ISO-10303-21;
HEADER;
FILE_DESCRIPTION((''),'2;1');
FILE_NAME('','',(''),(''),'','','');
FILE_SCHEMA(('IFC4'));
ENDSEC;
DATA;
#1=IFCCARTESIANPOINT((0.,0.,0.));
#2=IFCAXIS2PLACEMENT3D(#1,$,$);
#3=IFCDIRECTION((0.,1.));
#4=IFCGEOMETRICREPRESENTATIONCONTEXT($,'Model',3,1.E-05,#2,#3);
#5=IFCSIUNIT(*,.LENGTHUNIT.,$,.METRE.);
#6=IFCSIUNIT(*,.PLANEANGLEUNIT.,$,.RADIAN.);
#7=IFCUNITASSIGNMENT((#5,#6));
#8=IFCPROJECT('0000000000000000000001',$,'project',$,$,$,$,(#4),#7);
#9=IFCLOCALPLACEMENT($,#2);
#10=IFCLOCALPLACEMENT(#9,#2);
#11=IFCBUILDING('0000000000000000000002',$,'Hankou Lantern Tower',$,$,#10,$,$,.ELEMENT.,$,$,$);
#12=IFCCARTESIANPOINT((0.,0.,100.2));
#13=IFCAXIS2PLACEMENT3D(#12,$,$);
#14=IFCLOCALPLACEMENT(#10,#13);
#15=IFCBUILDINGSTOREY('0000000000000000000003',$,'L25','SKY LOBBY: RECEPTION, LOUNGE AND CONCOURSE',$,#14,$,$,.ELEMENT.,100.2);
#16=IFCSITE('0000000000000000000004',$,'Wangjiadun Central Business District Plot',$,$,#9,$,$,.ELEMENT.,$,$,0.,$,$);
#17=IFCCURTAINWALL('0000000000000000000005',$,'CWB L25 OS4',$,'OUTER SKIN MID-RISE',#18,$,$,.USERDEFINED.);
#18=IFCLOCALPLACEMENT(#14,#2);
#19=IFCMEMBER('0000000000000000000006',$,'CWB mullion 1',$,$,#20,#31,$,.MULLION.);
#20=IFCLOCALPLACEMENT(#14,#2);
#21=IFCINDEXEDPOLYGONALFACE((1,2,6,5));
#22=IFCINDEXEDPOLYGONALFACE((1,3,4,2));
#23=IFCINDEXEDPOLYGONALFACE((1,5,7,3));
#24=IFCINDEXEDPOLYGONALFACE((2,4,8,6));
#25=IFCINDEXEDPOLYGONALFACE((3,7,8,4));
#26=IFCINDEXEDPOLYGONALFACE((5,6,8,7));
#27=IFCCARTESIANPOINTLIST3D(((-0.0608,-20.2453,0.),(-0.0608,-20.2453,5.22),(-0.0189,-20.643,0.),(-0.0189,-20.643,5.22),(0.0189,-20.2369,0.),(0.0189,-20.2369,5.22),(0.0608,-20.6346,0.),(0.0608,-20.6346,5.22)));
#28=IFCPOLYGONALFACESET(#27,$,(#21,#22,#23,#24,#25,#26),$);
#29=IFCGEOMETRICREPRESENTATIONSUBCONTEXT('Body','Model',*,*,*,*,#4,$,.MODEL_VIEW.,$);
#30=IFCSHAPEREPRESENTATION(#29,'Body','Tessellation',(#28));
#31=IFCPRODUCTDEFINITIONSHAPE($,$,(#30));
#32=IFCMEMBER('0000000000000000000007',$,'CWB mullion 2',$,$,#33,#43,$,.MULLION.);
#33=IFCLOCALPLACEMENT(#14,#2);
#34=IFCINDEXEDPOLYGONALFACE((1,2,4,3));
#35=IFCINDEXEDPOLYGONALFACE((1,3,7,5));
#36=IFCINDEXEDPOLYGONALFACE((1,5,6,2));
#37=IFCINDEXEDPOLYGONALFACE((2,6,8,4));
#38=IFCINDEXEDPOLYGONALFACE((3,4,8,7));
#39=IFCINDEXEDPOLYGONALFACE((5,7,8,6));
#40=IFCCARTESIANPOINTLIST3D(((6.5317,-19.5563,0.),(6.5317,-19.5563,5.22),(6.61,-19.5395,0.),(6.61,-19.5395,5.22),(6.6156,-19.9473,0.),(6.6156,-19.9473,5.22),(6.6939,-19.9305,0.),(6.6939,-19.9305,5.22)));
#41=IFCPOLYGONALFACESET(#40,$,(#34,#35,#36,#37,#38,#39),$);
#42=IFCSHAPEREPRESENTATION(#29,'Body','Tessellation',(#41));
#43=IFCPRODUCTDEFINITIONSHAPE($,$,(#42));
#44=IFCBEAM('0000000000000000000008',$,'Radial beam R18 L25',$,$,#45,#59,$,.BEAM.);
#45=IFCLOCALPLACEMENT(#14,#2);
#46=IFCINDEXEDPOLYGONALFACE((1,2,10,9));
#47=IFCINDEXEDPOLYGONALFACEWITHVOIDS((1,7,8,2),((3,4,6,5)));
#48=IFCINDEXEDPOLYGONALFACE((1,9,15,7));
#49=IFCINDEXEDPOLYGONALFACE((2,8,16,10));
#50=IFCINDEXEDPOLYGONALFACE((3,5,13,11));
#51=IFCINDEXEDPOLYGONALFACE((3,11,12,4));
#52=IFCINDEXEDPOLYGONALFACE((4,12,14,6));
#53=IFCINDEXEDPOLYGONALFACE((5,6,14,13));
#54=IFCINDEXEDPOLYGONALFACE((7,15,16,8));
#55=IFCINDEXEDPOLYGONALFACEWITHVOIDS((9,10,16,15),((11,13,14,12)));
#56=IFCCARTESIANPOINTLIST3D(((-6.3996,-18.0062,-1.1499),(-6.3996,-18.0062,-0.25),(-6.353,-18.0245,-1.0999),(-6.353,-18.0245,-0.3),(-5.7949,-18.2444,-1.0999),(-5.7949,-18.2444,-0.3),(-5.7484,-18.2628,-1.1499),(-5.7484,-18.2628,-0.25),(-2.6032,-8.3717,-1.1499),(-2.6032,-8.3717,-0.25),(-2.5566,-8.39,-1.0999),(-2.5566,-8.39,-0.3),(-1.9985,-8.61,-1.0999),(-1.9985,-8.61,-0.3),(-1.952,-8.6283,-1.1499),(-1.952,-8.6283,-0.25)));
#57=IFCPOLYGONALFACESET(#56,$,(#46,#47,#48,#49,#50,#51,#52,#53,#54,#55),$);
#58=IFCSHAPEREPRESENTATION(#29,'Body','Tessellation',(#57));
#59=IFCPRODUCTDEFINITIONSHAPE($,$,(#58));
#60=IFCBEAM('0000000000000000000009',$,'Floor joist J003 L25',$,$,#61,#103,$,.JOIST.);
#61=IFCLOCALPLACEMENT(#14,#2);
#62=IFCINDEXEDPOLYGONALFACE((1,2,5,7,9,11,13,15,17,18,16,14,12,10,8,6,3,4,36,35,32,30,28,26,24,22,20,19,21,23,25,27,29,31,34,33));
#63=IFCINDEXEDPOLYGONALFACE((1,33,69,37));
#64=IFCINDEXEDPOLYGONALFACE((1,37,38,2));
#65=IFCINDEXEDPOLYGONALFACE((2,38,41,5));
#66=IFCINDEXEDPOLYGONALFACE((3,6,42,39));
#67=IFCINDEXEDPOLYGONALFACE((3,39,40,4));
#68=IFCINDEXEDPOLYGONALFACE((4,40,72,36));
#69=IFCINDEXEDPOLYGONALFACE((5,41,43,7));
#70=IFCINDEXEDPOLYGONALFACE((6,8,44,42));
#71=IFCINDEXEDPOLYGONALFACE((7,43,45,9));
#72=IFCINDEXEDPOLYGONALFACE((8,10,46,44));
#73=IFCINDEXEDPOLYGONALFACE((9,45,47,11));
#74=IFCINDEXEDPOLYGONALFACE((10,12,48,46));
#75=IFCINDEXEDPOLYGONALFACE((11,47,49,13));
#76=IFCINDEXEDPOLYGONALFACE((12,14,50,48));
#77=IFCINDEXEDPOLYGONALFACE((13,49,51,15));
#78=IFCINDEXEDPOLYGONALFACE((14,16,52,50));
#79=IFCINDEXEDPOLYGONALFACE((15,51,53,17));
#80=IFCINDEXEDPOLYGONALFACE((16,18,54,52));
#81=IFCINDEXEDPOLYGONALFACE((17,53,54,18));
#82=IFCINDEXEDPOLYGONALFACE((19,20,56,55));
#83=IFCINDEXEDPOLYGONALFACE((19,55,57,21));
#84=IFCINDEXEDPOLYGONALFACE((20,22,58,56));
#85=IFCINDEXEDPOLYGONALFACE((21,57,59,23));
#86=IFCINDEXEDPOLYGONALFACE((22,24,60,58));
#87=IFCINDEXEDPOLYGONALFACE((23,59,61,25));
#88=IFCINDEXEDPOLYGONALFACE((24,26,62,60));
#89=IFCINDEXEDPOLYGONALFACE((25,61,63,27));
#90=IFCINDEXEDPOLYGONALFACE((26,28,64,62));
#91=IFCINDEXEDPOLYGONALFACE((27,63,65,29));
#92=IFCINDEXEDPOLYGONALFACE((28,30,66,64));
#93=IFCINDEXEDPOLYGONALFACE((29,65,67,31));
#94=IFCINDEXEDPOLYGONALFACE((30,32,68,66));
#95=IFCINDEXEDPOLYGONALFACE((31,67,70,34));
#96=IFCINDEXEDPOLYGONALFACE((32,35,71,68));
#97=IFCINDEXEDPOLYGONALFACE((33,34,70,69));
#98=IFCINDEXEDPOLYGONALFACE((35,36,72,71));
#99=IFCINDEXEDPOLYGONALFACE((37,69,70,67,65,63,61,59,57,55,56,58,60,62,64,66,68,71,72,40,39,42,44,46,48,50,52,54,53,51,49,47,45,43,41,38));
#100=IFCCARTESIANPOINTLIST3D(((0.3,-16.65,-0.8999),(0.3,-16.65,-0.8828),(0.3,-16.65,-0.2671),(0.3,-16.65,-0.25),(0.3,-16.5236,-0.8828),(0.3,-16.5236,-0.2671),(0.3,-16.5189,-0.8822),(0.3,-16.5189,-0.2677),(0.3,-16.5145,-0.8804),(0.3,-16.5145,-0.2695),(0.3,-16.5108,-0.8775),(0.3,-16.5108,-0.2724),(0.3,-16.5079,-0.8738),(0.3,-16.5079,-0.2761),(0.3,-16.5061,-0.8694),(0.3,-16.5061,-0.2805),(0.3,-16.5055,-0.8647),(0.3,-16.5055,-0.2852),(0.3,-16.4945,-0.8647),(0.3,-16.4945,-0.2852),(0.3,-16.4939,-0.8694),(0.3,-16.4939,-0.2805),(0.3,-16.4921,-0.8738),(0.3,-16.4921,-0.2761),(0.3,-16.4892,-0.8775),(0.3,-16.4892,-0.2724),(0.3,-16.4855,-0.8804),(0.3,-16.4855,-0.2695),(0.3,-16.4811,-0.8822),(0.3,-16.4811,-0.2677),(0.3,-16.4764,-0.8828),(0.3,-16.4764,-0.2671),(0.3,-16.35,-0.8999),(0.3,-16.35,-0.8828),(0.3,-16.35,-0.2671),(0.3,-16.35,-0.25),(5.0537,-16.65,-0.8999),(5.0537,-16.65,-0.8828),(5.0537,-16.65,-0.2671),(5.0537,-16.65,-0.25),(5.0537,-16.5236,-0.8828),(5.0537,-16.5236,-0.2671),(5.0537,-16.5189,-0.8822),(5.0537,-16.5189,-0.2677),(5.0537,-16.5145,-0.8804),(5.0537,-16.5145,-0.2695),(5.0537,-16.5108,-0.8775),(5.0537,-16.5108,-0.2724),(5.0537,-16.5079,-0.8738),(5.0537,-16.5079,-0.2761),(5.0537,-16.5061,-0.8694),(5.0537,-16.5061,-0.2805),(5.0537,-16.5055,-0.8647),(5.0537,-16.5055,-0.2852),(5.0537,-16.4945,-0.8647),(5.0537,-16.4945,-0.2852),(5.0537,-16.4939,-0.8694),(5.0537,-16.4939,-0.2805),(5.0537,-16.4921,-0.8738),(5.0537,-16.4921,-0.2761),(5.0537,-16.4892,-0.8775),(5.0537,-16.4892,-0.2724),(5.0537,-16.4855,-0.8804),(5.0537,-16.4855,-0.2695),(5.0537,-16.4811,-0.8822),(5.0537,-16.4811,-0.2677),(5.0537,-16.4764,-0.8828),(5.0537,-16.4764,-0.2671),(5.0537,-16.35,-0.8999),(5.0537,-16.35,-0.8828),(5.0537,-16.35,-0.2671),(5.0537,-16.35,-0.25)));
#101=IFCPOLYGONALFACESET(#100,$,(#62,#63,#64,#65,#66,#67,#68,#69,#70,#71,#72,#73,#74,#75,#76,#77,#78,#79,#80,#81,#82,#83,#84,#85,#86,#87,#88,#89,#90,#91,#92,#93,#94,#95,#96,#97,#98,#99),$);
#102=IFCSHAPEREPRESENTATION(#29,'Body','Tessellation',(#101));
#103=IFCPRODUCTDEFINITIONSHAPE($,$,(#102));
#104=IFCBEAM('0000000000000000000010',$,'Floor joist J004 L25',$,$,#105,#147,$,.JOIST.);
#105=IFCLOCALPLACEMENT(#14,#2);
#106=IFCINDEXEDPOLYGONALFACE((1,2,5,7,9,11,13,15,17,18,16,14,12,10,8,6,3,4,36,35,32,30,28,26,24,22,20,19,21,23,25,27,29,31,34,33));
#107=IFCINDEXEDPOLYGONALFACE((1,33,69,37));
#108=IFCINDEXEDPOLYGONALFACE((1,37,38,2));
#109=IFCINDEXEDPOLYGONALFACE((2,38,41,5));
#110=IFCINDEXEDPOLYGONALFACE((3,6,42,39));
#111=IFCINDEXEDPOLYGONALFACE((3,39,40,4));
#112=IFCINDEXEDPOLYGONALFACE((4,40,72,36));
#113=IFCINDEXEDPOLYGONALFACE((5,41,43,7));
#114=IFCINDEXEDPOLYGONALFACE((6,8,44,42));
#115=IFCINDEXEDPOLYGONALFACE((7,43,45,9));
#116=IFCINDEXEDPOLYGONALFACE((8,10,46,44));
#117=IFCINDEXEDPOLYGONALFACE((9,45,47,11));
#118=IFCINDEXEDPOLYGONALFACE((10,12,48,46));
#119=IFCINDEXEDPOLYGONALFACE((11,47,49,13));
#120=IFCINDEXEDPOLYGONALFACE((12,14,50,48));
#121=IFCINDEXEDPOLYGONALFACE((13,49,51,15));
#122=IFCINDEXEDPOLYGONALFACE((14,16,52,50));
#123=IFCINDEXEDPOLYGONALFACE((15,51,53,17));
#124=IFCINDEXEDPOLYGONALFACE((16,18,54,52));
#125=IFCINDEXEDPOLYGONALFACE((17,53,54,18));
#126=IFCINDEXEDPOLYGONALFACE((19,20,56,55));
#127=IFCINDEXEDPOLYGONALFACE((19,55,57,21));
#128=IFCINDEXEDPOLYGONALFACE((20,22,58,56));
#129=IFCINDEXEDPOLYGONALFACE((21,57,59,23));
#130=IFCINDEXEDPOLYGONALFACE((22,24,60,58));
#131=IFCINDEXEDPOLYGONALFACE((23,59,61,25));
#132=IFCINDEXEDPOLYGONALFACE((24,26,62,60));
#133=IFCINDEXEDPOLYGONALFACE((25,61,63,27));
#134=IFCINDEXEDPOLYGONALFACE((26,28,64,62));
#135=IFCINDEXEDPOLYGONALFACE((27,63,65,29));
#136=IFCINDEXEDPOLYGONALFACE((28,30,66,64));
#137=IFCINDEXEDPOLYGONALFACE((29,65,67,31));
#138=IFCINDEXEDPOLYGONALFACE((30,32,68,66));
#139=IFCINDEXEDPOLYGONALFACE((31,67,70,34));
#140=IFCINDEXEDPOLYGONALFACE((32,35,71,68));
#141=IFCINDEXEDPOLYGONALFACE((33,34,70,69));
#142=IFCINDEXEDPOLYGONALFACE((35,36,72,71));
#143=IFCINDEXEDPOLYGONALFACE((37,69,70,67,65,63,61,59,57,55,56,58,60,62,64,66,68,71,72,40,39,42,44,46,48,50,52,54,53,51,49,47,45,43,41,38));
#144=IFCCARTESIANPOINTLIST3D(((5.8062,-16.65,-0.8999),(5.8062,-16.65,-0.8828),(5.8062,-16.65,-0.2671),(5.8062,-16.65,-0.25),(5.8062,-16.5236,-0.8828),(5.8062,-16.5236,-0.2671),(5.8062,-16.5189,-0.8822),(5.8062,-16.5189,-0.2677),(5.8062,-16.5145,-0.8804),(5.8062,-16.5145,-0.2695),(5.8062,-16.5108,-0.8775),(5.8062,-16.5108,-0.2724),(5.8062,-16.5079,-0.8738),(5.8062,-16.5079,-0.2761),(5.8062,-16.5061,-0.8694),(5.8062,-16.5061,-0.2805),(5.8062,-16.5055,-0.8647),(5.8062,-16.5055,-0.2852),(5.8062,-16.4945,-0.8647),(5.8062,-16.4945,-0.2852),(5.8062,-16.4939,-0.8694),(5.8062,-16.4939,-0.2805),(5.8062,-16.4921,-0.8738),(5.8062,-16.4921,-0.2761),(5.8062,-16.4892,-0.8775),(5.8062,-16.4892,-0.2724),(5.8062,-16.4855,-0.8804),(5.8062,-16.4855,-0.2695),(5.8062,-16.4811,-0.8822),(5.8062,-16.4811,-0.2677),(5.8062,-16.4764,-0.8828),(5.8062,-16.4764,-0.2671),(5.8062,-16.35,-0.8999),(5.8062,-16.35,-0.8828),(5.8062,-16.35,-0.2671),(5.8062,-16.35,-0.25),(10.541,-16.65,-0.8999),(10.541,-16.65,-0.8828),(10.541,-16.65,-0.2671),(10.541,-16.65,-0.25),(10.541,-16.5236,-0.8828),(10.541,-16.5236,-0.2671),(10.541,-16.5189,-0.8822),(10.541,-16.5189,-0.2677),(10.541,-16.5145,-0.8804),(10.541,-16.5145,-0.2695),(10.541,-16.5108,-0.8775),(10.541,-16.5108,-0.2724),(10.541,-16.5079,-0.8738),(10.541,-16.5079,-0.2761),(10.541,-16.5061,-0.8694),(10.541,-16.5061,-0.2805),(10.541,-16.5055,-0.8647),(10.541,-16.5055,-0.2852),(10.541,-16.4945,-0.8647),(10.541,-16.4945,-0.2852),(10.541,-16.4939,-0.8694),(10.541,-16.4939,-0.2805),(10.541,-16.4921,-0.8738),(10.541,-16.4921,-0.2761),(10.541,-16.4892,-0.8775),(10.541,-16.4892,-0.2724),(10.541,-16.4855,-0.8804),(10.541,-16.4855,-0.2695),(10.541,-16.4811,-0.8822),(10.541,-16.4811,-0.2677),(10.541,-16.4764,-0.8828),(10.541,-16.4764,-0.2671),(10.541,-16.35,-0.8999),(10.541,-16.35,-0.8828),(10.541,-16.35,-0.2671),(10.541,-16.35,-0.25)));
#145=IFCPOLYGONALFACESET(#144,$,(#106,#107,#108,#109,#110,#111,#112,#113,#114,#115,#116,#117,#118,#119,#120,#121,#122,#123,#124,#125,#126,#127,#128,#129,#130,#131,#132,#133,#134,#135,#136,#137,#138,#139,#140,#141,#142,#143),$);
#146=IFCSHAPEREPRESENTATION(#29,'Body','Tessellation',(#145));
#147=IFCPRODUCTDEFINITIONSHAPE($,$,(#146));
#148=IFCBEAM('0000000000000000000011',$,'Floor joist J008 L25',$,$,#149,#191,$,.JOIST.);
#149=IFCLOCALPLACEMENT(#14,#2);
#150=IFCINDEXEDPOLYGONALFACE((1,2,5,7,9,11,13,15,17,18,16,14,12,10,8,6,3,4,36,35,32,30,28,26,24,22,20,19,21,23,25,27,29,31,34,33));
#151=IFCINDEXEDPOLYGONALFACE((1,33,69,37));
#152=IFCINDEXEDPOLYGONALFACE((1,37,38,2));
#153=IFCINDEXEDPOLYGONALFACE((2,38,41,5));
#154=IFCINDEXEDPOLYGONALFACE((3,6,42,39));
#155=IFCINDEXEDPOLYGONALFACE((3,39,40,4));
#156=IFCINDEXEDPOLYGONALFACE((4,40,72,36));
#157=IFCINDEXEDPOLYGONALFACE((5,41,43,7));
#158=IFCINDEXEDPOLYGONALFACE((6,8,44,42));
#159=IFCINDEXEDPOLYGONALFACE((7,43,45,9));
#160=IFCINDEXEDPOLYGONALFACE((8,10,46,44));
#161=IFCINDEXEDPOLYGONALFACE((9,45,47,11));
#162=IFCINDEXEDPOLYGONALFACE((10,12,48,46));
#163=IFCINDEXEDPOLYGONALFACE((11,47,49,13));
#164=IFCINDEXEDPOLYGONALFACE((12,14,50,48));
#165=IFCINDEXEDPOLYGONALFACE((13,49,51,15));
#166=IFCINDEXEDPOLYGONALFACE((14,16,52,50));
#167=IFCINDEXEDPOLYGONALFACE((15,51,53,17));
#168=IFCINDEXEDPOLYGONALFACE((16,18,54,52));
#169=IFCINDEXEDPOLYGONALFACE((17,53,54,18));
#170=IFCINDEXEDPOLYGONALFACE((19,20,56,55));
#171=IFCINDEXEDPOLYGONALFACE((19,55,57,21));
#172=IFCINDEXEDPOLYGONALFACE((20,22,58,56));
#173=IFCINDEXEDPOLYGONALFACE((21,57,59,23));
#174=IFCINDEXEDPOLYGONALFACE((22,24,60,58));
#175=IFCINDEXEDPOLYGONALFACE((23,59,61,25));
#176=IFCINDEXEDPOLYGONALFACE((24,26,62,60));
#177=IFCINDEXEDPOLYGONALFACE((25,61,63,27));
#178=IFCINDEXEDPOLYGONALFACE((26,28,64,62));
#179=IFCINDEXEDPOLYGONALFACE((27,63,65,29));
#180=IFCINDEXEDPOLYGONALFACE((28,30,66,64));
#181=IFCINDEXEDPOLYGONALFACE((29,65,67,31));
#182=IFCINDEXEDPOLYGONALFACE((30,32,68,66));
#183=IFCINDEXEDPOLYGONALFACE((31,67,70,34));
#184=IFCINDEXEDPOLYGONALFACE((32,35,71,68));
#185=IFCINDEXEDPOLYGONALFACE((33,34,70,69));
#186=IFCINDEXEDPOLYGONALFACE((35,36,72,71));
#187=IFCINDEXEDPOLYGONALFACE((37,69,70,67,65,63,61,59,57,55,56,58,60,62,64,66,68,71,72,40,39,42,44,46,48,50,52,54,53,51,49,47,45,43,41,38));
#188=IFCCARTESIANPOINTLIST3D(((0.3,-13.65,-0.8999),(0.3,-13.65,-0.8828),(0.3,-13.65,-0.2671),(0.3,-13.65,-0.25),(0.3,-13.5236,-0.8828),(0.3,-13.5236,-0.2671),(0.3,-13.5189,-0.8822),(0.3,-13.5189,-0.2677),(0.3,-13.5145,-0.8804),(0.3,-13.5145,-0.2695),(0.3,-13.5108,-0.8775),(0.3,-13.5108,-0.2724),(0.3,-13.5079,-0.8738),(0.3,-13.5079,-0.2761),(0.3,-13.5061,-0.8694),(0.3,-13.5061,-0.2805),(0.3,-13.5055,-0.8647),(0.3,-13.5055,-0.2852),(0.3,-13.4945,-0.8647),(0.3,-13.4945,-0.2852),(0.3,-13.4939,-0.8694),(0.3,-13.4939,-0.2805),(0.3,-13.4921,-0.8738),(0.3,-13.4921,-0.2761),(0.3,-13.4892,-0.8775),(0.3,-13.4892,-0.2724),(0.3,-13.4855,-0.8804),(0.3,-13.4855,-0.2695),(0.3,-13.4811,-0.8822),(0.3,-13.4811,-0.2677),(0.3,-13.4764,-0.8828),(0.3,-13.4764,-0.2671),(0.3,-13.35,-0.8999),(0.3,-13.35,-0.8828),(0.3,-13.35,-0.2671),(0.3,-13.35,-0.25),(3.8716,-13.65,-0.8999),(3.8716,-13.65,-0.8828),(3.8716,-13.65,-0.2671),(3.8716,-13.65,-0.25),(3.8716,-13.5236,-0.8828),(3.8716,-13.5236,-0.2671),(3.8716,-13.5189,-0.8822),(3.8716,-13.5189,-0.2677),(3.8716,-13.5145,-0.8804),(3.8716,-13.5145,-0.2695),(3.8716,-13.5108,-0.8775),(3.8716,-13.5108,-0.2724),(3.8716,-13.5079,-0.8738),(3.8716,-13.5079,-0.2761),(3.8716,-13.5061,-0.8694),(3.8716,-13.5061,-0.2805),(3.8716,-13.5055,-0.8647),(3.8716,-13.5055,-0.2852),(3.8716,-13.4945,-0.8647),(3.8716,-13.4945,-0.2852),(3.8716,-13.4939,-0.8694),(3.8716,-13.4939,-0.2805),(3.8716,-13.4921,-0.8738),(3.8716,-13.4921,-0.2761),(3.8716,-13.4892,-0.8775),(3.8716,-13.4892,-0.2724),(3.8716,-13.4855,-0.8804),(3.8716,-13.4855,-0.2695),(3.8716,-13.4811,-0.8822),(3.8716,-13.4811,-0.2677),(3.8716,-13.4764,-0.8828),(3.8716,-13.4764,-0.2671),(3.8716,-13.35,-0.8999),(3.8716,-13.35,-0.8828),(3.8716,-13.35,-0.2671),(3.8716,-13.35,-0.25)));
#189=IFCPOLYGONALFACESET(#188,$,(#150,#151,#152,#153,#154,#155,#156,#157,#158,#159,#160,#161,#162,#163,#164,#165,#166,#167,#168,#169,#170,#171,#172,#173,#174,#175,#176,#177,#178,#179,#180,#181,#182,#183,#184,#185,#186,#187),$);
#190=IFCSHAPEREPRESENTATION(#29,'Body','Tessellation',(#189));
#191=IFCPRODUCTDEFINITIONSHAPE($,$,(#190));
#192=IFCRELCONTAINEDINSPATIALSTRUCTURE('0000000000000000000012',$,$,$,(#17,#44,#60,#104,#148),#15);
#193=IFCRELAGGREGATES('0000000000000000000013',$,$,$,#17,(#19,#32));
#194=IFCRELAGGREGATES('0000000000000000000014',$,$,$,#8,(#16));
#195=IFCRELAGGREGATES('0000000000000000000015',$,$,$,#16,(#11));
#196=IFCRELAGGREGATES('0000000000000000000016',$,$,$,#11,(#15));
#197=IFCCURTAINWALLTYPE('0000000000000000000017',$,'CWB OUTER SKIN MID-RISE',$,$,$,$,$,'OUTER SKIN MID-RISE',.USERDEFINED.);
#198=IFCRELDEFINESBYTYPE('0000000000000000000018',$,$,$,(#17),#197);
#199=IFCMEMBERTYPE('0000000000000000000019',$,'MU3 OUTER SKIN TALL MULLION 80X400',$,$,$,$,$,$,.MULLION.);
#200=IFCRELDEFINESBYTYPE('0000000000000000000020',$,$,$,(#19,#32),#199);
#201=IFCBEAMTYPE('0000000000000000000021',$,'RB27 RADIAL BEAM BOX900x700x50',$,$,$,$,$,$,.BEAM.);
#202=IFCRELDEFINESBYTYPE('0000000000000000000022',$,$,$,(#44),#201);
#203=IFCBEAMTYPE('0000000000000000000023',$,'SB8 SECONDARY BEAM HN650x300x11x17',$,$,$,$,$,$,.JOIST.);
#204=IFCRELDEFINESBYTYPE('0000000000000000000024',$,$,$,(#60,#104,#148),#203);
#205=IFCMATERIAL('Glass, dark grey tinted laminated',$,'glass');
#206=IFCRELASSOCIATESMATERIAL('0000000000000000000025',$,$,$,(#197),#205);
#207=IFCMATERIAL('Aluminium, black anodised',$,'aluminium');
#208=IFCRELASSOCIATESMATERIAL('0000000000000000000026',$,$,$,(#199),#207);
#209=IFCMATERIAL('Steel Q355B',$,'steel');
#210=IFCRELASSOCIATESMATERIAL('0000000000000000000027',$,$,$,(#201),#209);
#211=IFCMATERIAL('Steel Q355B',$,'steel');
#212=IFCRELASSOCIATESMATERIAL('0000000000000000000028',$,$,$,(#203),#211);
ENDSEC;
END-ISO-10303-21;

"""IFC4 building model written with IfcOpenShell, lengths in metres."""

from ifc_helpers import new_model, si_unit, direction, frame, origin, origin_2d, place, context, subcontext, project, spatial, rectangle, hollow_rectangle, i_section, extrude, material, material_profile, profile_set, type_object, element, aggregate, save


model = new_model("IFC4")

# Units and contexts
model_context = context("Model", 3, precision=1e-05, world=origin(), true_north=direction((0.0, 1.0)))
body_context = subcontext(model_context, "Body", "Model", "MODEL_VIEW")
ifc_project = project(units=[si_unit("LENGTHUNIT", "METRE"), si_unit("PLANEANGLEUNIT", "RADIAN")], contexts=[model_context])

# Site, building, storey
site_placement = place(None, origin())
site = spatial("IfcSite", under=ifc_project, at=site_placement, Name="Wangjiadun Central Business District Plot", CompositionType="ELEMENT", RefElevation=0.0)
building_placement = place(site_placement, origin())
building = spatial("IfcBuilding", under=site, at=building_placement, Name="Hankou Lantern Tower", CompositionType="ELEMENT")
storey_placement = place(building_placement, frame((0.0, 0.0, 100.2)))
storey = spatial("IfcBuildingStorey", under=building, at=storey_placement, Name="L25", Description="SKY LOBBY: RECEPTION, LOUNGE AND CONCOURSE", CompositionType="ELEMENT", Elevation=100.2)

# Curtain wall, members
ifc_material_1 = material(Name="Glass, dark grey tinted laminated", Category="glass")
curtain_wall_type = type_object("IfcCurtainWallType", Name="CWB OUTER SKIN MID-RISE", ElementType="OUTER SKIN MID-RISE", PredefinedType="USERDEFINED", material=ifc_material_1)
curtain_wall_1_placement = place(storey_placement, origin())
curtain_wall_1 = element("IfcCurtainWall", 1, at=curtain_wall_1_placement, inside=storey, type_object=curtain_wall_type, Name="CWB L25 OS4", ObjectType="OUTER SKIN MID-RISE", PredefinedType="USERDEFINED")
ifc_material_2 = material(Name="Aluminium, black anodised", Category="aluminium")
ifc_material_profile_1 = material_profile(ifc_material_2, rectangle(XDim=0.0801, YDim=0.3999, at=origin_2d()), Name="MU3 80X400")
ifc_profile_set_1 = profile_set([ifc_material_profile_1], Name="Aluminium, black anodised")
member_type_1 = type_object("IfcMemberType", Name="MU3 OUTER SKIN TALL MULLION 80X400", PredefinedType="MULLION", material=ifc_profile_set_1)
member_1_placement = place(storey_placement, frame((0.0, -20.4399, 0.0), z_axis=(0.0, 0.0, 1.0), x_axis=(0.994499, 0.104743, 0.0)))
member_1 = element("IfcMember", 2, at=member_1_placement, type_object=member_type_1, Name="CWB mullion 1", PredefinedType="MULLION", context=body_context, shape_type="SweptSolid", body=[
    extrude(rectangle(XDim=0.0801, YDim=0.3999, at=origin_2d()), origin(), (0.0, 0.0, 1.0), 5.22),
])
member_2_placement = place(storey_placement, frame((6.6128, -19.7434, 0.0), z_axis=(0.0, 0.0, 1.0), x_axis=(0.977788, 0.209598, 0.0)))
member_2 = element("IfcMember", 3, at=member_2_placement, type_object=member_type_1, Name="CWB mullion 2", PredefinedType="MULLION", context=body_context, shape_type="SweptSolid", body=[
    extrude(rectangle(XDim=0.0801, YDim=0.3999, at=origin_2d()), origin(), (0.0, 0.0, 1.0), 5.22),
])

# Beams
ifc_material_3 = material(Name="Steel Q355B", Category="steel")
ifc_material_profile_2 = material_profile(ifc_material_3, hollow_rectangle(XDim=0.7, YDim=0.8999, WallThickness=0.05, at=origin_2d()), Name="BOX900x700x50")
ifc_profile_set_2 = profile_set([ifc_material_profile_2], Name="Steel Q355B")
beam_type_1 = type_object("IfcBeamType", Name="RB27 RADIAL BEAM BOX900x700x50", PredefinedType="BEAM", material=ifc_profile_set_2)
beam_1_placement = place(storey_placement, frame((-2.2776, -8.5, -0.7), z_axis=(-0.366606, -0.930376, 0.0), x_axis=(0.930376, -0.366606, 0.0)))
element("IfcBeam", 4, at=beam_1_placement, inside=storey, type_object=beam_type_1, Name="Radial beam R18 L25", PredefinedType="BEAM", context=body_context, shape_type="SweptSolid", body=[
    extrude(hollow_rectangle(XDim=0.7, YDim=0.8999, WallThickness=0.05, at=origin_2d()), origin(), (0.0, 0.0, 1.0), 10.3555),
])
ifc_material_4 = material(Name="Steel Q355B", Category="steel")
ifc_material_profile_3 = material_profile(ifc_material_4, i_section(OverallWidth=0.3, OverallDepth=0.6499, WebThickness=0.011, FlangeThickness=0.0171, FilletRadius=0.0181, at=origin_2d()), Name="HN650x300x11x17")
ifc_profile_set_3 = profile_set([ifc_material_profile_3], Name="Steel Q355B")
beam_type_2 = type_object("IfcBeamType", Name="SB8 SECONDARY BEAM HN650x300x11x17", PredefinedType="JOIST", material=ifc_profile_set_3)
beam_2_placement = place(storey_placement, frame((0.3, -16.5, -0.575), z_axis=(1.0, 0.0, 0.0), x_axis=(0.0, 1.0, 0.0)))
element("IfcBeam", 5, at=beam_2_placement, inside=storey, type_object=beam_type_2, Name="Floor joist J003 L25", PredefinedType="JOIST", context=body_context, shape_type="SweptSolid", body=[
    extrude(i_section(OverallWidth=0.3, OverallDepth=0.6499, WebThickness=0.011, FlangeThickness=0.0171, FilletRadius=0.0181, at=origin_2d()), origin(), (0.0, 0.0, 1.0), 4.7537),
])
beam_3_placement = place(storey_placement, frame((5.8062, -16.5, -0.575), z_axis=(1.0, 0.0, 0.0), x_axis=(0.0, 1.0, 0.0)))
element("IfcBeam", 6, at=beam_3_placement, inside=storey, type_object=beam_type_2, Name="Floor joist J004 L25", PredefinedType="JOIST", context=body_context, shape_type="SweptSolid", body=[
    extrude(i_section(OverallWidth=0.3, OverallDepth=0.6499, WebThickness=0.011, FlangeThickness=0.0171, FilletRadius=0.0181, at=origin_2d()), origin(), (0.0, 0.0, 1.0), 4.7349),
])
beam_4_placement = place(storey_placement, frame((0.3, -13.5, -0.575), z_axis=(1.0, 0.0, 0.0), x_axis=(0.0, 1.0, 0.0)))
element("IfcBeam", 7, at=beam_4_placement, inside=storey, type_object=beam_type_2, Name="Floor joist J008 L25", PredefinedType="JOIST", context=body_context, shape_type="SweptSolid", body=[
    extrude(i_section(OverallWidth=0.3, OverallDepth=0.6499, WebThickness=0.011, FlangeThickness=0.0171, FilletRadius=0.0181, at=origin_2d()), origin(), (0.0, 0.0, 1.0), 3.5715),
])

aggregate(curtain_wall_1, [member_1, member_2])

save(model, "model.ifc")
